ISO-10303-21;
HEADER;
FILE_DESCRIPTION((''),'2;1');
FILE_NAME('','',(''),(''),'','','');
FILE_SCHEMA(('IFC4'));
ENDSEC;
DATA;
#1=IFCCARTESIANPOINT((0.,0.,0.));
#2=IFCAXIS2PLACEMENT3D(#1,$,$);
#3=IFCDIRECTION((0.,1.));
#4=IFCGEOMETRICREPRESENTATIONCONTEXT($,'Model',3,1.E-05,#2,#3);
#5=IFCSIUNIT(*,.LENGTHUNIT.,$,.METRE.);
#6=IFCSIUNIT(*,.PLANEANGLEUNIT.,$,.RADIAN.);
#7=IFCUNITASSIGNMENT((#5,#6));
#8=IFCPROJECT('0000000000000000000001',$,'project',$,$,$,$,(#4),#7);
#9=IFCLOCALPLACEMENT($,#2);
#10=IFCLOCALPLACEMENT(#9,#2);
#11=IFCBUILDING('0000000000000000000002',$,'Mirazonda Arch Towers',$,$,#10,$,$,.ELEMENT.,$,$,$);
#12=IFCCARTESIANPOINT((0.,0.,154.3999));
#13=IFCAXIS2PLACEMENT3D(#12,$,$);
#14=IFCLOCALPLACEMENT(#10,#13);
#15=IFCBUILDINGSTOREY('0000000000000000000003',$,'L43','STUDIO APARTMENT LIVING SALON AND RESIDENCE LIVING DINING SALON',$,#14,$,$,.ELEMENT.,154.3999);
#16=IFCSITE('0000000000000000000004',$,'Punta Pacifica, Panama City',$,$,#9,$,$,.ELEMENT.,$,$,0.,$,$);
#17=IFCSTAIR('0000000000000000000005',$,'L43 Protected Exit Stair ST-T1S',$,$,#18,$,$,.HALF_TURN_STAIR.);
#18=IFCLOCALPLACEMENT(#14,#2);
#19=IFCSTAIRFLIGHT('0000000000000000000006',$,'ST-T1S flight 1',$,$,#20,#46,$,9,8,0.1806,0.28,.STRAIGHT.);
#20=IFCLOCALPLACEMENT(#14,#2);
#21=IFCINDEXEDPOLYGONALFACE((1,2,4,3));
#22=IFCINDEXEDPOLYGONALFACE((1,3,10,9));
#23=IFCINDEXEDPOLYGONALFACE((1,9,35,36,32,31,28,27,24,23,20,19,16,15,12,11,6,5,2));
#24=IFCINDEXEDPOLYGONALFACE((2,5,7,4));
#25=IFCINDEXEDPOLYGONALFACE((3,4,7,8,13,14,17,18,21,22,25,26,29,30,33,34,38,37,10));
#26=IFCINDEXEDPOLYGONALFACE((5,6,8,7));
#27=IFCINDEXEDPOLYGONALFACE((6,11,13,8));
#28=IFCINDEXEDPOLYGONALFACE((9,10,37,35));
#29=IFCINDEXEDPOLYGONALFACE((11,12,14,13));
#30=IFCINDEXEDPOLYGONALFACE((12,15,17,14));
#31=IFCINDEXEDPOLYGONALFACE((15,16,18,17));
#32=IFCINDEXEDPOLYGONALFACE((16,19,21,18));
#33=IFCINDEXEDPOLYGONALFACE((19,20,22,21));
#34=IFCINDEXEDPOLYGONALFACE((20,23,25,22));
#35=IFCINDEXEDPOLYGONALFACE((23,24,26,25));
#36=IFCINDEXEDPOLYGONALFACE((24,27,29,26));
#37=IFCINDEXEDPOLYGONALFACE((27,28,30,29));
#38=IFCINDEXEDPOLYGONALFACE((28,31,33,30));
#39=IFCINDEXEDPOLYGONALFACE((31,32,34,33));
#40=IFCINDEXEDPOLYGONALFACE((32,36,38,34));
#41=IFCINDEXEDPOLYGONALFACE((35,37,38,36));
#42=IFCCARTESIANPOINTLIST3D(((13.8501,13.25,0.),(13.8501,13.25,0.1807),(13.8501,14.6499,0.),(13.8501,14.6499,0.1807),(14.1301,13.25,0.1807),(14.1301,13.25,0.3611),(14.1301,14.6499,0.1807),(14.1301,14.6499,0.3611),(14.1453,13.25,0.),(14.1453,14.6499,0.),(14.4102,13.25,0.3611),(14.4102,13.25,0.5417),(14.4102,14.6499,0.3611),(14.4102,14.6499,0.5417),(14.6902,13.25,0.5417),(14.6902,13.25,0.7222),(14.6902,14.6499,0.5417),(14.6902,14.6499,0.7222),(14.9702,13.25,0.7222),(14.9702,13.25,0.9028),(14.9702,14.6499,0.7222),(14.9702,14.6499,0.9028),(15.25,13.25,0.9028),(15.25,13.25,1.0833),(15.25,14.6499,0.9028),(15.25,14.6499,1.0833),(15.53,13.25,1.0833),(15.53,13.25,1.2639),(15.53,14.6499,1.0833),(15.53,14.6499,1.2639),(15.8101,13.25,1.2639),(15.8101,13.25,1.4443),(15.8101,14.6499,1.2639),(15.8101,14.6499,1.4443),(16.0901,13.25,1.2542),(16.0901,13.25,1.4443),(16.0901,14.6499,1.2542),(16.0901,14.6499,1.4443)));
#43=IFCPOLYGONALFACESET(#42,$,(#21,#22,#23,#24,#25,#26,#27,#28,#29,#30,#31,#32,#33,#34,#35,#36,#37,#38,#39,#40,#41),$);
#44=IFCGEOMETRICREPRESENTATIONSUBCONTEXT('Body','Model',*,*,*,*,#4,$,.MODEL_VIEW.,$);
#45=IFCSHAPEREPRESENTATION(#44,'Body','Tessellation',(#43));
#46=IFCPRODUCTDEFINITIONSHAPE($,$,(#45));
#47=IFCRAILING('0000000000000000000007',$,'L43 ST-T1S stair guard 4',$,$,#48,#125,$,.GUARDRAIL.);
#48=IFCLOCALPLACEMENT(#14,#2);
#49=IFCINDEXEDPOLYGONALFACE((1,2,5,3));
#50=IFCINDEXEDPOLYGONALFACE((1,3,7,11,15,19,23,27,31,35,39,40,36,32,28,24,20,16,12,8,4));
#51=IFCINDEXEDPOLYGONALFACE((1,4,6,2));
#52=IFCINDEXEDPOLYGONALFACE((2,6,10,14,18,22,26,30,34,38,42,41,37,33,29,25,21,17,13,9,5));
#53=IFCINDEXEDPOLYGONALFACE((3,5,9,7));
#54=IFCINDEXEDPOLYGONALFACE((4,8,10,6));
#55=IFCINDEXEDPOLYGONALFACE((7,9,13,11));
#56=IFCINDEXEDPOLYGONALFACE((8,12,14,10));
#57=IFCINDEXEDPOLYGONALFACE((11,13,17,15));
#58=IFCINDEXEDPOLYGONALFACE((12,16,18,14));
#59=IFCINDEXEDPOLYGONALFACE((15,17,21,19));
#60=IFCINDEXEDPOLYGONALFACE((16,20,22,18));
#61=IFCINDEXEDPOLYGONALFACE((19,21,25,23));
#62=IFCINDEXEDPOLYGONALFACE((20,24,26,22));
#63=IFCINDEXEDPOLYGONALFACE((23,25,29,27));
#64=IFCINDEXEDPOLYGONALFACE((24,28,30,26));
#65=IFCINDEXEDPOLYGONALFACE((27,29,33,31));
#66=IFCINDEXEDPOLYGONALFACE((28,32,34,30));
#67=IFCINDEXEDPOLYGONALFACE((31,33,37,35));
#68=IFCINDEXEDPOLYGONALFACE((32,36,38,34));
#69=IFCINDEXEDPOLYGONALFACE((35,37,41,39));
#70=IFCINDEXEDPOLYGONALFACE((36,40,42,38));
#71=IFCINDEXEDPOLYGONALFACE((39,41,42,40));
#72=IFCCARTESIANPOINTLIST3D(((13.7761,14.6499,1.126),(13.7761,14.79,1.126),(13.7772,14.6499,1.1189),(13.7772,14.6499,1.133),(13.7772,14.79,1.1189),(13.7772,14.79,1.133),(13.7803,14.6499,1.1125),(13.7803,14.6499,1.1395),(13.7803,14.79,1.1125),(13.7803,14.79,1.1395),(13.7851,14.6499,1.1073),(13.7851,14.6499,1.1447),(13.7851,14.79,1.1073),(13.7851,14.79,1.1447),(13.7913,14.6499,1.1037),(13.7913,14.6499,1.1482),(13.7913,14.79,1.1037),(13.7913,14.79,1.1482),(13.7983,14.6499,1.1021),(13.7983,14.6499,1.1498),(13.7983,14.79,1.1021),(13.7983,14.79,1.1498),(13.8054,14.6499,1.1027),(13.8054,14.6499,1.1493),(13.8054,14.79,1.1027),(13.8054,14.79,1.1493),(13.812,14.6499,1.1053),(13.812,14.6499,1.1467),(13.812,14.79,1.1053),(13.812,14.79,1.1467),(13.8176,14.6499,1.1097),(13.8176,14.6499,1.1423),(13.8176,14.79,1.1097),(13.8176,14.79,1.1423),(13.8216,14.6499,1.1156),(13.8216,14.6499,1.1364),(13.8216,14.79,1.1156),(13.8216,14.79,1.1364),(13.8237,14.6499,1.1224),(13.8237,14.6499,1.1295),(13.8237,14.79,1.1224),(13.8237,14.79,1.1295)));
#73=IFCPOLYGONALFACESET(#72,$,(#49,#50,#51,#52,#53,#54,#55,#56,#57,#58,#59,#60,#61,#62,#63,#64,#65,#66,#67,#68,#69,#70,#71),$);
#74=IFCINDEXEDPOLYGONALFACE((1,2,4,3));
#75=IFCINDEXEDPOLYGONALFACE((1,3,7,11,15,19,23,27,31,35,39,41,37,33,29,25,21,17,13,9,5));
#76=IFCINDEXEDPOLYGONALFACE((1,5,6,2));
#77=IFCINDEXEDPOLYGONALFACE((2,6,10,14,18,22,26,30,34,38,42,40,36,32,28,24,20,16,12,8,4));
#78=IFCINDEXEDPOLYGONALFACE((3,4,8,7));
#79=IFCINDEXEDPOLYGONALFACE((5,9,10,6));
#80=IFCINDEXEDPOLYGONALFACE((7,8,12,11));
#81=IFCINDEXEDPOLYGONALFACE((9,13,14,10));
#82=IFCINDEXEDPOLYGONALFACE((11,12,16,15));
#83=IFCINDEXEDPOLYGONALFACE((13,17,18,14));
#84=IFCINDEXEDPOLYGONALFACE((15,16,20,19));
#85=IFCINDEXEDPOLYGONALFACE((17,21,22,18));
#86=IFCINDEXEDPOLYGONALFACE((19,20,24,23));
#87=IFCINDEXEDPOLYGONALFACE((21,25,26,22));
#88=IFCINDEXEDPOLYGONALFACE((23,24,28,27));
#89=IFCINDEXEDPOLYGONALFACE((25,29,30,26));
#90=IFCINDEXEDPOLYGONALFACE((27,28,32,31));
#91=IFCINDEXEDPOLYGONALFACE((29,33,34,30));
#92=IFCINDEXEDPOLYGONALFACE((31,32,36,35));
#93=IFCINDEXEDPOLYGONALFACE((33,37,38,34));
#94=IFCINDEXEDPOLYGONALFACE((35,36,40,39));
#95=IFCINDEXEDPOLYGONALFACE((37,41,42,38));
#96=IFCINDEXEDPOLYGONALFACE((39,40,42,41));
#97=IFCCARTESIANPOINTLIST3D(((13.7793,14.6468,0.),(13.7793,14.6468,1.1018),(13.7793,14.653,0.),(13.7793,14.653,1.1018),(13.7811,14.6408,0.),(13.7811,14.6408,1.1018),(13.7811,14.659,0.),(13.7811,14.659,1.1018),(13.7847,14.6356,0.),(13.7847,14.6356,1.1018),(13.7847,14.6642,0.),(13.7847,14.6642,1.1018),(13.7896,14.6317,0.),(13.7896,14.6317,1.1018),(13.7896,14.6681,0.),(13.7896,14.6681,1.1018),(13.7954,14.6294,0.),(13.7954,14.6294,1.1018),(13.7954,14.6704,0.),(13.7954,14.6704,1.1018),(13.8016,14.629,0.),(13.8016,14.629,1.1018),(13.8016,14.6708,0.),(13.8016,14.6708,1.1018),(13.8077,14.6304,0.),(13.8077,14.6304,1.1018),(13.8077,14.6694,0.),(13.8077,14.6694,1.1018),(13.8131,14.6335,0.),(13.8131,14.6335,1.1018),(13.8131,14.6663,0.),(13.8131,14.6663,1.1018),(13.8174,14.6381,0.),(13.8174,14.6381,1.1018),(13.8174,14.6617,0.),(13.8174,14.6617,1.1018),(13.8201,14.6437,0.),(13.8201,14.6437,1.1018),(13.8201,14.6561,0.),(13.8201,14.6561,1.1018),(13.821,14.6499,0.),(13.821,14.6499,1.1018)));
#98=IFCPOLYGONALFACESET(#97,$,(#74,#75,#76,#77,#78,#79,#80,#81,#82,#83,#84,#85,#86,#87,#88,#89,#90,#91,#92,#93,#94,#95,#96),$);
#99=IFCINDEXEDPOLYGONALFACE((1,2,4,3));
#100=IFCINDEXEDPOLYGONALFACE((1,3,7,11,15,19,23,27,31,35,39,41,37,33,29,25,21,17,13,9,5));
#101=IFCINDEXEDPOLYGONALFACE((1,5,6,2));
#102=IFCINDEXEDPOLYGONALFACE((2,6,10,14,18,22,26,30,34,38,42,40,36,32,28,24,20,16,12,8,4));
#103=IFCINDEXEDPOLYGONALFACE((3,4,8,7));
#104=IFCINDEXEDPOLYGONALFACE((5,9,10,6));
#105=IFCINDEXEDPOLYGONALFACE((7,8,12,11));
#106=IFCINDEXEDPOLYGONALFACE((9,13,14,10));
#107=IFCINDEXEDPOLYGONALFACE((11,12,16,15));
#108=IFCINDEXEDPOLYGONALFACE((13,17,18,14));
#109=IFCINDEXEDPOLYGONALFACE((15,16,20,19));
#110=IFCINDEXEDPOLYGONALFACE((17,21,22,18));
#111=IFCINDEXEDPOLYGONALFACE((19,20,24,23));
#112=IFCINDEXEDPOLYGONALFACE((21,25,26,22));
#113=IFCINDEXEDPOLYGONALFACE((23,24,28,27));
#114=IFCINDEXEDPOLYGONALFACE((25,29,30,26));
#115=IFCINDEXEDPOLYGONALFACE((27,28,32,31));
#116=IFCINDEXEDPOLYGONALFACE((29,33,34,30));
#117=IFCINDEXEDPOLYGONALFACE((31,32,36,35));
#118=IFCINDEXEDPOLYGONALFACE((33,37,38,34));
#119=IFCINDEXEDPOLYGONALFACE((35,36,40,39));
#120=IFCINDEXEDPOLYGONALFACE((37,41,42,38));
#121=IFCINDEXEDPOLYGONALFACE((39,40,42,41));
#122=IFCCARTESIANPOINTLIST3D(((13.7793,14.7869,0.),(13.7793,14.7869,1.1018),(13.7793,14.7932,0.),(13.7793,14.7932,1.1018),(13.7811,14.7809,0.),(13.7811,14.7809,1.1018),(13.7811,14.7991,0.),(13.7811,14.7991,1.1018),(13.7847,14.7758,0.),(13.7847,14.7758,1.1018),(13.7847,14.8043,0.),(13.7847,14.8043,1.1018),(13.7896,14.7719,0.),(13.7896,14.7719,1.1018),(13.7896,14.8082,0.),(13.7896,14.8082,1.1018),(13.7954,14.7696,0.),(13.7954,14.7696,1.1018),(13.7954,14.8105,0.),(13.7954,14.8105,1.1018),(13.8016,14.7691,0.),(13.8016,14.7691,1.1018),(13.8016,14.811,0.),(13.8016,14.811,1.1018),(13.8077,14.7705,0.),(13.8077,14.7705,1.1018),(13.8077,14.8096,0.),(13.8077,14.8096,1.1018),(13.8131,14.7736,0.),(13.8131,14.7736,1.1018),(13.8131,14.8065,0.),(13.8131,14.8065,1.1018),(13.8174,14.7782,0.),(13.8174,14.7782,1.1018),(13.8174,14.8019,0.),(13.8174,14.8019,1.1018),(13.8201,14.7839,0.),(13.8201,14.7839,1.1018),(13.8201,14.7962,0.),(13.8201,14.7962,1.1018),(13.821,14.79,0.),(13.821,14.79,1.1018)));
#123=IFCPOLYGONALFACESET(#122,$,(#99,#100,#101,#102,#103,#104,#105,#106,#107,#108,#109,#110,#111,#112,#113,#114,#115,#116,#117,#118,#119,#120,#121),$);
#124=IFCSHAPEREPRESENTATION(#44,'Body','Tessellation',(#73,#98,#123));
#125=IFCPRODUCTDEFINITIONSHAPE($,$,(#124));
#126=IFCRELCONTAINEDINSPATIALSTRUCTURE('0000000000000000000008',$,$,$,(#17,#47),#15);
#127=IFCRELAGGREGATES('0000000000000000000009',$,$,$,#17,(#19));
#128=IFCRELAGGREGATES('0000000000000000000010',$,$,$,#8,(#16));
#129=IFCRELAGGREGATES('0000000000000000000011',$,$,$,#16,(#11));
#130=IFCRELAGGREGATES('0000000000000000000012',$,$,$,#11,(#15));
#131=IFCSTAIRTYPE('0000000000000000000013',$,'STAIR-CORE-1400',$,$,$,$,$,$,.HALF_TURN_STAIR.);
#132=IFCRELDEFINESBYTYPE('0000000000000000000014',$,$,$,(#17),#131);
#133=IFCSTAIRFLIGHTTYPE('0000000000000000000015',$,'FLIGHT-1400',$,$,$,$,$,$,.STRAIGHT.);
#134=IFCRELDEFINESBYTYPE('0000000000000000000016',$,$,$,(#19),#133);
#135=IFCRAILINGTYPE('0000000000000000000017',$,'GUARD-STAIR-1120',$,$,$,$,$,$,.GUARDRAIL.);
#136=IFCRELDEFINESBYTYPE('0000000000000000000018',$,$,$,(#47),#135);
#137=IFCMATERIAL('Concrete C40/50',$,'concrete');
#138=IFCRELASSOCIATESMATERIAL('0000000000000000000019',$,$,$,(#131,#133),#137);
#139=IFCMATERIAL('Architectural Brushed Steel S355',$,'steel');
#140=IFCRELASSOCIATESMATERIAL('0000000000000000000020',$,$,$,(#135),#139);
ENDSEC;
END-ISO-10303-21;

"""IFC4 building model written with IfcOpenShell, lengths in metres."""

from ifc_helpers import new_model, si_unit, direction, frame, origin, origin_2d, place, context, subcontext, project, spatial, polyline, circle, outline, extrude, material, type_object, element, aggregate, save


model = new_model("IFC4")

# Units and contexts
model_context = context("Model", 3, precision=1e-05, world=origin(), true_north=direction((0.0, 1.0)))
body_context = subcontext(model_context, "Body", "Model", "MODEL_VIEW")
ifc_project = project(units=[si_unit("LENGTHUNIT", "METRE"), si_unit("PLANEANGLEUNIT", "RADIAN")], contexts=[model_context])

# Site, building, storey
site_placement = place(None, origin())
site = spatial("IfcSite", under=ifc_project, at=site_placement, Name="Punta Pacifica, Panama City", CompositionType="ELEMENT", RefElevation=0.0)
building_placement = place(site_placement, origin())
building = spatial("IfcBuilding", under=site, at=building_placement, Name="Mirazonda Arch Towers", CompositionType="ELEMENT")
storey_placement = place(building_placement, frame((0.0, 0.0, 154.3999)))
storey = spatial("IfcBuildingStorey", under=building, at=storey_placement, Name="L43", Description="STUDIO APARTMENT LIVING SALON AND RESIDENCE LIVING DINING SALON", CompositionType="ELEMENT", Elevation=154.3999)

# Stair
ifc_material_1 = material(Name="Concrete C40/50", Category="concrete")
stair_type = type_object("IfcStairType", Name="STAIR-CORE-1400", PredefinedType="HALF_TURN_STAIR", material=ifc_material_1)
stair_1_placement = place(storey_placement, origin())
stair_1 = element("IfcStair", 1, at=stair_1_placement, inside=storey, type_object=stair_type, Name="L43 Protected Exit Stair ST-T1S", PredefinedType="HALF_TURN_STAIR")

# Shared definitions
ifc_material_2 = material(Name="Architectural Brushed Steel S355", Category="steel")

# Stair flight
stair_flight_type = type_object("IfcStairFlightType", Name="FLIGHT-1400", PredefinedType="STRAIGHT", material=ifc_material_1)
stair_flight_placement = place(storey_placement, frame((13.8501, 13.95, 0.0), z_axis=(0.0, 0.0, 1.0), x_axis=(1.0, 0.0, 0.0)))
stair_flight = element("IfcStairFlight", 2, at=stair_flight_placement, type_object=stair_flight_type, Name="ST-T1S flight 1", NumberOfRisers=9, NumberOfTreads=8, PredefinedType="STRAIGHT", RiserHeight=0.1806, TreadLength=0.28, context=body_context, shape_type="SweptSolid", body=[
    extrude(outline(polyline([(0.0, 0.0), (0.0, 0.1807), (0.28, 0.1807), (0.28, 0.3611), (0.5601, 0.3611), (0.5601, 0.5417), (0.8401, 0.5417), (0.8401, 0.7222), (1.1201, 0.7222), (1.1201, 0.9028), (1.3999, 0.9028), (1.3999, 1.0833), (1.6799, 1.0833), (1.6799, 1.2639), (1.96, 1.2639), (1.96, 1.4443), (2.24, 1.4443), (2.24, 1.625), (2.24, 1.2542), (0.2952, 0.0), (0.0, 0.0)])), frame((0.0, 0.7, 0.0), z_axis=(0.0, -1.0, 0.0), x_axis=(1.0, 0.0, 0.0)), (0.0, 0.0, 1.0), 1.3999),
])
aggregate(stair_1, [stair_flight])

# Railing
railing_type_1 = type_object("IfcRailingType", Name="GUARD-STAIR-1120", PredefinedType="GUARDRAIL", material=ifc_material_2)
railing_1_placement = place(storey_placement, frame((13.8, 14.6499, 0.0)))
element("IfcRailing", 3, at=railing_1_placement, inside=storey, type_object=railing_type_1, Name="L43 ST-T1S stair guard 4", PredefinedType="GUARDRAIL", context=body_context, shape_type="SweptSolid", body=[
    extrude(circle(Radius=0.0239, at=origin_2d()), frame((0.0, 0.0, 1.126), z_axis=(0.0, 1.0, 0.0), x_axis=(-1.0, 0.0, 0.0)), (0.0, 0.0, 1.0), 0.1401),
    extrude(circle(Radius=0.021, at=origin_2d()), origin(), (0.0, 0.0, 1.0), 1.1018),
    extrude(circle(Radius=0.021, at=origin_2d()), frame((0.0, 0.1401, 0.0)), (0.0, 0.0, 1.0), 1.1018),
])

save(model, "model.ifc")
